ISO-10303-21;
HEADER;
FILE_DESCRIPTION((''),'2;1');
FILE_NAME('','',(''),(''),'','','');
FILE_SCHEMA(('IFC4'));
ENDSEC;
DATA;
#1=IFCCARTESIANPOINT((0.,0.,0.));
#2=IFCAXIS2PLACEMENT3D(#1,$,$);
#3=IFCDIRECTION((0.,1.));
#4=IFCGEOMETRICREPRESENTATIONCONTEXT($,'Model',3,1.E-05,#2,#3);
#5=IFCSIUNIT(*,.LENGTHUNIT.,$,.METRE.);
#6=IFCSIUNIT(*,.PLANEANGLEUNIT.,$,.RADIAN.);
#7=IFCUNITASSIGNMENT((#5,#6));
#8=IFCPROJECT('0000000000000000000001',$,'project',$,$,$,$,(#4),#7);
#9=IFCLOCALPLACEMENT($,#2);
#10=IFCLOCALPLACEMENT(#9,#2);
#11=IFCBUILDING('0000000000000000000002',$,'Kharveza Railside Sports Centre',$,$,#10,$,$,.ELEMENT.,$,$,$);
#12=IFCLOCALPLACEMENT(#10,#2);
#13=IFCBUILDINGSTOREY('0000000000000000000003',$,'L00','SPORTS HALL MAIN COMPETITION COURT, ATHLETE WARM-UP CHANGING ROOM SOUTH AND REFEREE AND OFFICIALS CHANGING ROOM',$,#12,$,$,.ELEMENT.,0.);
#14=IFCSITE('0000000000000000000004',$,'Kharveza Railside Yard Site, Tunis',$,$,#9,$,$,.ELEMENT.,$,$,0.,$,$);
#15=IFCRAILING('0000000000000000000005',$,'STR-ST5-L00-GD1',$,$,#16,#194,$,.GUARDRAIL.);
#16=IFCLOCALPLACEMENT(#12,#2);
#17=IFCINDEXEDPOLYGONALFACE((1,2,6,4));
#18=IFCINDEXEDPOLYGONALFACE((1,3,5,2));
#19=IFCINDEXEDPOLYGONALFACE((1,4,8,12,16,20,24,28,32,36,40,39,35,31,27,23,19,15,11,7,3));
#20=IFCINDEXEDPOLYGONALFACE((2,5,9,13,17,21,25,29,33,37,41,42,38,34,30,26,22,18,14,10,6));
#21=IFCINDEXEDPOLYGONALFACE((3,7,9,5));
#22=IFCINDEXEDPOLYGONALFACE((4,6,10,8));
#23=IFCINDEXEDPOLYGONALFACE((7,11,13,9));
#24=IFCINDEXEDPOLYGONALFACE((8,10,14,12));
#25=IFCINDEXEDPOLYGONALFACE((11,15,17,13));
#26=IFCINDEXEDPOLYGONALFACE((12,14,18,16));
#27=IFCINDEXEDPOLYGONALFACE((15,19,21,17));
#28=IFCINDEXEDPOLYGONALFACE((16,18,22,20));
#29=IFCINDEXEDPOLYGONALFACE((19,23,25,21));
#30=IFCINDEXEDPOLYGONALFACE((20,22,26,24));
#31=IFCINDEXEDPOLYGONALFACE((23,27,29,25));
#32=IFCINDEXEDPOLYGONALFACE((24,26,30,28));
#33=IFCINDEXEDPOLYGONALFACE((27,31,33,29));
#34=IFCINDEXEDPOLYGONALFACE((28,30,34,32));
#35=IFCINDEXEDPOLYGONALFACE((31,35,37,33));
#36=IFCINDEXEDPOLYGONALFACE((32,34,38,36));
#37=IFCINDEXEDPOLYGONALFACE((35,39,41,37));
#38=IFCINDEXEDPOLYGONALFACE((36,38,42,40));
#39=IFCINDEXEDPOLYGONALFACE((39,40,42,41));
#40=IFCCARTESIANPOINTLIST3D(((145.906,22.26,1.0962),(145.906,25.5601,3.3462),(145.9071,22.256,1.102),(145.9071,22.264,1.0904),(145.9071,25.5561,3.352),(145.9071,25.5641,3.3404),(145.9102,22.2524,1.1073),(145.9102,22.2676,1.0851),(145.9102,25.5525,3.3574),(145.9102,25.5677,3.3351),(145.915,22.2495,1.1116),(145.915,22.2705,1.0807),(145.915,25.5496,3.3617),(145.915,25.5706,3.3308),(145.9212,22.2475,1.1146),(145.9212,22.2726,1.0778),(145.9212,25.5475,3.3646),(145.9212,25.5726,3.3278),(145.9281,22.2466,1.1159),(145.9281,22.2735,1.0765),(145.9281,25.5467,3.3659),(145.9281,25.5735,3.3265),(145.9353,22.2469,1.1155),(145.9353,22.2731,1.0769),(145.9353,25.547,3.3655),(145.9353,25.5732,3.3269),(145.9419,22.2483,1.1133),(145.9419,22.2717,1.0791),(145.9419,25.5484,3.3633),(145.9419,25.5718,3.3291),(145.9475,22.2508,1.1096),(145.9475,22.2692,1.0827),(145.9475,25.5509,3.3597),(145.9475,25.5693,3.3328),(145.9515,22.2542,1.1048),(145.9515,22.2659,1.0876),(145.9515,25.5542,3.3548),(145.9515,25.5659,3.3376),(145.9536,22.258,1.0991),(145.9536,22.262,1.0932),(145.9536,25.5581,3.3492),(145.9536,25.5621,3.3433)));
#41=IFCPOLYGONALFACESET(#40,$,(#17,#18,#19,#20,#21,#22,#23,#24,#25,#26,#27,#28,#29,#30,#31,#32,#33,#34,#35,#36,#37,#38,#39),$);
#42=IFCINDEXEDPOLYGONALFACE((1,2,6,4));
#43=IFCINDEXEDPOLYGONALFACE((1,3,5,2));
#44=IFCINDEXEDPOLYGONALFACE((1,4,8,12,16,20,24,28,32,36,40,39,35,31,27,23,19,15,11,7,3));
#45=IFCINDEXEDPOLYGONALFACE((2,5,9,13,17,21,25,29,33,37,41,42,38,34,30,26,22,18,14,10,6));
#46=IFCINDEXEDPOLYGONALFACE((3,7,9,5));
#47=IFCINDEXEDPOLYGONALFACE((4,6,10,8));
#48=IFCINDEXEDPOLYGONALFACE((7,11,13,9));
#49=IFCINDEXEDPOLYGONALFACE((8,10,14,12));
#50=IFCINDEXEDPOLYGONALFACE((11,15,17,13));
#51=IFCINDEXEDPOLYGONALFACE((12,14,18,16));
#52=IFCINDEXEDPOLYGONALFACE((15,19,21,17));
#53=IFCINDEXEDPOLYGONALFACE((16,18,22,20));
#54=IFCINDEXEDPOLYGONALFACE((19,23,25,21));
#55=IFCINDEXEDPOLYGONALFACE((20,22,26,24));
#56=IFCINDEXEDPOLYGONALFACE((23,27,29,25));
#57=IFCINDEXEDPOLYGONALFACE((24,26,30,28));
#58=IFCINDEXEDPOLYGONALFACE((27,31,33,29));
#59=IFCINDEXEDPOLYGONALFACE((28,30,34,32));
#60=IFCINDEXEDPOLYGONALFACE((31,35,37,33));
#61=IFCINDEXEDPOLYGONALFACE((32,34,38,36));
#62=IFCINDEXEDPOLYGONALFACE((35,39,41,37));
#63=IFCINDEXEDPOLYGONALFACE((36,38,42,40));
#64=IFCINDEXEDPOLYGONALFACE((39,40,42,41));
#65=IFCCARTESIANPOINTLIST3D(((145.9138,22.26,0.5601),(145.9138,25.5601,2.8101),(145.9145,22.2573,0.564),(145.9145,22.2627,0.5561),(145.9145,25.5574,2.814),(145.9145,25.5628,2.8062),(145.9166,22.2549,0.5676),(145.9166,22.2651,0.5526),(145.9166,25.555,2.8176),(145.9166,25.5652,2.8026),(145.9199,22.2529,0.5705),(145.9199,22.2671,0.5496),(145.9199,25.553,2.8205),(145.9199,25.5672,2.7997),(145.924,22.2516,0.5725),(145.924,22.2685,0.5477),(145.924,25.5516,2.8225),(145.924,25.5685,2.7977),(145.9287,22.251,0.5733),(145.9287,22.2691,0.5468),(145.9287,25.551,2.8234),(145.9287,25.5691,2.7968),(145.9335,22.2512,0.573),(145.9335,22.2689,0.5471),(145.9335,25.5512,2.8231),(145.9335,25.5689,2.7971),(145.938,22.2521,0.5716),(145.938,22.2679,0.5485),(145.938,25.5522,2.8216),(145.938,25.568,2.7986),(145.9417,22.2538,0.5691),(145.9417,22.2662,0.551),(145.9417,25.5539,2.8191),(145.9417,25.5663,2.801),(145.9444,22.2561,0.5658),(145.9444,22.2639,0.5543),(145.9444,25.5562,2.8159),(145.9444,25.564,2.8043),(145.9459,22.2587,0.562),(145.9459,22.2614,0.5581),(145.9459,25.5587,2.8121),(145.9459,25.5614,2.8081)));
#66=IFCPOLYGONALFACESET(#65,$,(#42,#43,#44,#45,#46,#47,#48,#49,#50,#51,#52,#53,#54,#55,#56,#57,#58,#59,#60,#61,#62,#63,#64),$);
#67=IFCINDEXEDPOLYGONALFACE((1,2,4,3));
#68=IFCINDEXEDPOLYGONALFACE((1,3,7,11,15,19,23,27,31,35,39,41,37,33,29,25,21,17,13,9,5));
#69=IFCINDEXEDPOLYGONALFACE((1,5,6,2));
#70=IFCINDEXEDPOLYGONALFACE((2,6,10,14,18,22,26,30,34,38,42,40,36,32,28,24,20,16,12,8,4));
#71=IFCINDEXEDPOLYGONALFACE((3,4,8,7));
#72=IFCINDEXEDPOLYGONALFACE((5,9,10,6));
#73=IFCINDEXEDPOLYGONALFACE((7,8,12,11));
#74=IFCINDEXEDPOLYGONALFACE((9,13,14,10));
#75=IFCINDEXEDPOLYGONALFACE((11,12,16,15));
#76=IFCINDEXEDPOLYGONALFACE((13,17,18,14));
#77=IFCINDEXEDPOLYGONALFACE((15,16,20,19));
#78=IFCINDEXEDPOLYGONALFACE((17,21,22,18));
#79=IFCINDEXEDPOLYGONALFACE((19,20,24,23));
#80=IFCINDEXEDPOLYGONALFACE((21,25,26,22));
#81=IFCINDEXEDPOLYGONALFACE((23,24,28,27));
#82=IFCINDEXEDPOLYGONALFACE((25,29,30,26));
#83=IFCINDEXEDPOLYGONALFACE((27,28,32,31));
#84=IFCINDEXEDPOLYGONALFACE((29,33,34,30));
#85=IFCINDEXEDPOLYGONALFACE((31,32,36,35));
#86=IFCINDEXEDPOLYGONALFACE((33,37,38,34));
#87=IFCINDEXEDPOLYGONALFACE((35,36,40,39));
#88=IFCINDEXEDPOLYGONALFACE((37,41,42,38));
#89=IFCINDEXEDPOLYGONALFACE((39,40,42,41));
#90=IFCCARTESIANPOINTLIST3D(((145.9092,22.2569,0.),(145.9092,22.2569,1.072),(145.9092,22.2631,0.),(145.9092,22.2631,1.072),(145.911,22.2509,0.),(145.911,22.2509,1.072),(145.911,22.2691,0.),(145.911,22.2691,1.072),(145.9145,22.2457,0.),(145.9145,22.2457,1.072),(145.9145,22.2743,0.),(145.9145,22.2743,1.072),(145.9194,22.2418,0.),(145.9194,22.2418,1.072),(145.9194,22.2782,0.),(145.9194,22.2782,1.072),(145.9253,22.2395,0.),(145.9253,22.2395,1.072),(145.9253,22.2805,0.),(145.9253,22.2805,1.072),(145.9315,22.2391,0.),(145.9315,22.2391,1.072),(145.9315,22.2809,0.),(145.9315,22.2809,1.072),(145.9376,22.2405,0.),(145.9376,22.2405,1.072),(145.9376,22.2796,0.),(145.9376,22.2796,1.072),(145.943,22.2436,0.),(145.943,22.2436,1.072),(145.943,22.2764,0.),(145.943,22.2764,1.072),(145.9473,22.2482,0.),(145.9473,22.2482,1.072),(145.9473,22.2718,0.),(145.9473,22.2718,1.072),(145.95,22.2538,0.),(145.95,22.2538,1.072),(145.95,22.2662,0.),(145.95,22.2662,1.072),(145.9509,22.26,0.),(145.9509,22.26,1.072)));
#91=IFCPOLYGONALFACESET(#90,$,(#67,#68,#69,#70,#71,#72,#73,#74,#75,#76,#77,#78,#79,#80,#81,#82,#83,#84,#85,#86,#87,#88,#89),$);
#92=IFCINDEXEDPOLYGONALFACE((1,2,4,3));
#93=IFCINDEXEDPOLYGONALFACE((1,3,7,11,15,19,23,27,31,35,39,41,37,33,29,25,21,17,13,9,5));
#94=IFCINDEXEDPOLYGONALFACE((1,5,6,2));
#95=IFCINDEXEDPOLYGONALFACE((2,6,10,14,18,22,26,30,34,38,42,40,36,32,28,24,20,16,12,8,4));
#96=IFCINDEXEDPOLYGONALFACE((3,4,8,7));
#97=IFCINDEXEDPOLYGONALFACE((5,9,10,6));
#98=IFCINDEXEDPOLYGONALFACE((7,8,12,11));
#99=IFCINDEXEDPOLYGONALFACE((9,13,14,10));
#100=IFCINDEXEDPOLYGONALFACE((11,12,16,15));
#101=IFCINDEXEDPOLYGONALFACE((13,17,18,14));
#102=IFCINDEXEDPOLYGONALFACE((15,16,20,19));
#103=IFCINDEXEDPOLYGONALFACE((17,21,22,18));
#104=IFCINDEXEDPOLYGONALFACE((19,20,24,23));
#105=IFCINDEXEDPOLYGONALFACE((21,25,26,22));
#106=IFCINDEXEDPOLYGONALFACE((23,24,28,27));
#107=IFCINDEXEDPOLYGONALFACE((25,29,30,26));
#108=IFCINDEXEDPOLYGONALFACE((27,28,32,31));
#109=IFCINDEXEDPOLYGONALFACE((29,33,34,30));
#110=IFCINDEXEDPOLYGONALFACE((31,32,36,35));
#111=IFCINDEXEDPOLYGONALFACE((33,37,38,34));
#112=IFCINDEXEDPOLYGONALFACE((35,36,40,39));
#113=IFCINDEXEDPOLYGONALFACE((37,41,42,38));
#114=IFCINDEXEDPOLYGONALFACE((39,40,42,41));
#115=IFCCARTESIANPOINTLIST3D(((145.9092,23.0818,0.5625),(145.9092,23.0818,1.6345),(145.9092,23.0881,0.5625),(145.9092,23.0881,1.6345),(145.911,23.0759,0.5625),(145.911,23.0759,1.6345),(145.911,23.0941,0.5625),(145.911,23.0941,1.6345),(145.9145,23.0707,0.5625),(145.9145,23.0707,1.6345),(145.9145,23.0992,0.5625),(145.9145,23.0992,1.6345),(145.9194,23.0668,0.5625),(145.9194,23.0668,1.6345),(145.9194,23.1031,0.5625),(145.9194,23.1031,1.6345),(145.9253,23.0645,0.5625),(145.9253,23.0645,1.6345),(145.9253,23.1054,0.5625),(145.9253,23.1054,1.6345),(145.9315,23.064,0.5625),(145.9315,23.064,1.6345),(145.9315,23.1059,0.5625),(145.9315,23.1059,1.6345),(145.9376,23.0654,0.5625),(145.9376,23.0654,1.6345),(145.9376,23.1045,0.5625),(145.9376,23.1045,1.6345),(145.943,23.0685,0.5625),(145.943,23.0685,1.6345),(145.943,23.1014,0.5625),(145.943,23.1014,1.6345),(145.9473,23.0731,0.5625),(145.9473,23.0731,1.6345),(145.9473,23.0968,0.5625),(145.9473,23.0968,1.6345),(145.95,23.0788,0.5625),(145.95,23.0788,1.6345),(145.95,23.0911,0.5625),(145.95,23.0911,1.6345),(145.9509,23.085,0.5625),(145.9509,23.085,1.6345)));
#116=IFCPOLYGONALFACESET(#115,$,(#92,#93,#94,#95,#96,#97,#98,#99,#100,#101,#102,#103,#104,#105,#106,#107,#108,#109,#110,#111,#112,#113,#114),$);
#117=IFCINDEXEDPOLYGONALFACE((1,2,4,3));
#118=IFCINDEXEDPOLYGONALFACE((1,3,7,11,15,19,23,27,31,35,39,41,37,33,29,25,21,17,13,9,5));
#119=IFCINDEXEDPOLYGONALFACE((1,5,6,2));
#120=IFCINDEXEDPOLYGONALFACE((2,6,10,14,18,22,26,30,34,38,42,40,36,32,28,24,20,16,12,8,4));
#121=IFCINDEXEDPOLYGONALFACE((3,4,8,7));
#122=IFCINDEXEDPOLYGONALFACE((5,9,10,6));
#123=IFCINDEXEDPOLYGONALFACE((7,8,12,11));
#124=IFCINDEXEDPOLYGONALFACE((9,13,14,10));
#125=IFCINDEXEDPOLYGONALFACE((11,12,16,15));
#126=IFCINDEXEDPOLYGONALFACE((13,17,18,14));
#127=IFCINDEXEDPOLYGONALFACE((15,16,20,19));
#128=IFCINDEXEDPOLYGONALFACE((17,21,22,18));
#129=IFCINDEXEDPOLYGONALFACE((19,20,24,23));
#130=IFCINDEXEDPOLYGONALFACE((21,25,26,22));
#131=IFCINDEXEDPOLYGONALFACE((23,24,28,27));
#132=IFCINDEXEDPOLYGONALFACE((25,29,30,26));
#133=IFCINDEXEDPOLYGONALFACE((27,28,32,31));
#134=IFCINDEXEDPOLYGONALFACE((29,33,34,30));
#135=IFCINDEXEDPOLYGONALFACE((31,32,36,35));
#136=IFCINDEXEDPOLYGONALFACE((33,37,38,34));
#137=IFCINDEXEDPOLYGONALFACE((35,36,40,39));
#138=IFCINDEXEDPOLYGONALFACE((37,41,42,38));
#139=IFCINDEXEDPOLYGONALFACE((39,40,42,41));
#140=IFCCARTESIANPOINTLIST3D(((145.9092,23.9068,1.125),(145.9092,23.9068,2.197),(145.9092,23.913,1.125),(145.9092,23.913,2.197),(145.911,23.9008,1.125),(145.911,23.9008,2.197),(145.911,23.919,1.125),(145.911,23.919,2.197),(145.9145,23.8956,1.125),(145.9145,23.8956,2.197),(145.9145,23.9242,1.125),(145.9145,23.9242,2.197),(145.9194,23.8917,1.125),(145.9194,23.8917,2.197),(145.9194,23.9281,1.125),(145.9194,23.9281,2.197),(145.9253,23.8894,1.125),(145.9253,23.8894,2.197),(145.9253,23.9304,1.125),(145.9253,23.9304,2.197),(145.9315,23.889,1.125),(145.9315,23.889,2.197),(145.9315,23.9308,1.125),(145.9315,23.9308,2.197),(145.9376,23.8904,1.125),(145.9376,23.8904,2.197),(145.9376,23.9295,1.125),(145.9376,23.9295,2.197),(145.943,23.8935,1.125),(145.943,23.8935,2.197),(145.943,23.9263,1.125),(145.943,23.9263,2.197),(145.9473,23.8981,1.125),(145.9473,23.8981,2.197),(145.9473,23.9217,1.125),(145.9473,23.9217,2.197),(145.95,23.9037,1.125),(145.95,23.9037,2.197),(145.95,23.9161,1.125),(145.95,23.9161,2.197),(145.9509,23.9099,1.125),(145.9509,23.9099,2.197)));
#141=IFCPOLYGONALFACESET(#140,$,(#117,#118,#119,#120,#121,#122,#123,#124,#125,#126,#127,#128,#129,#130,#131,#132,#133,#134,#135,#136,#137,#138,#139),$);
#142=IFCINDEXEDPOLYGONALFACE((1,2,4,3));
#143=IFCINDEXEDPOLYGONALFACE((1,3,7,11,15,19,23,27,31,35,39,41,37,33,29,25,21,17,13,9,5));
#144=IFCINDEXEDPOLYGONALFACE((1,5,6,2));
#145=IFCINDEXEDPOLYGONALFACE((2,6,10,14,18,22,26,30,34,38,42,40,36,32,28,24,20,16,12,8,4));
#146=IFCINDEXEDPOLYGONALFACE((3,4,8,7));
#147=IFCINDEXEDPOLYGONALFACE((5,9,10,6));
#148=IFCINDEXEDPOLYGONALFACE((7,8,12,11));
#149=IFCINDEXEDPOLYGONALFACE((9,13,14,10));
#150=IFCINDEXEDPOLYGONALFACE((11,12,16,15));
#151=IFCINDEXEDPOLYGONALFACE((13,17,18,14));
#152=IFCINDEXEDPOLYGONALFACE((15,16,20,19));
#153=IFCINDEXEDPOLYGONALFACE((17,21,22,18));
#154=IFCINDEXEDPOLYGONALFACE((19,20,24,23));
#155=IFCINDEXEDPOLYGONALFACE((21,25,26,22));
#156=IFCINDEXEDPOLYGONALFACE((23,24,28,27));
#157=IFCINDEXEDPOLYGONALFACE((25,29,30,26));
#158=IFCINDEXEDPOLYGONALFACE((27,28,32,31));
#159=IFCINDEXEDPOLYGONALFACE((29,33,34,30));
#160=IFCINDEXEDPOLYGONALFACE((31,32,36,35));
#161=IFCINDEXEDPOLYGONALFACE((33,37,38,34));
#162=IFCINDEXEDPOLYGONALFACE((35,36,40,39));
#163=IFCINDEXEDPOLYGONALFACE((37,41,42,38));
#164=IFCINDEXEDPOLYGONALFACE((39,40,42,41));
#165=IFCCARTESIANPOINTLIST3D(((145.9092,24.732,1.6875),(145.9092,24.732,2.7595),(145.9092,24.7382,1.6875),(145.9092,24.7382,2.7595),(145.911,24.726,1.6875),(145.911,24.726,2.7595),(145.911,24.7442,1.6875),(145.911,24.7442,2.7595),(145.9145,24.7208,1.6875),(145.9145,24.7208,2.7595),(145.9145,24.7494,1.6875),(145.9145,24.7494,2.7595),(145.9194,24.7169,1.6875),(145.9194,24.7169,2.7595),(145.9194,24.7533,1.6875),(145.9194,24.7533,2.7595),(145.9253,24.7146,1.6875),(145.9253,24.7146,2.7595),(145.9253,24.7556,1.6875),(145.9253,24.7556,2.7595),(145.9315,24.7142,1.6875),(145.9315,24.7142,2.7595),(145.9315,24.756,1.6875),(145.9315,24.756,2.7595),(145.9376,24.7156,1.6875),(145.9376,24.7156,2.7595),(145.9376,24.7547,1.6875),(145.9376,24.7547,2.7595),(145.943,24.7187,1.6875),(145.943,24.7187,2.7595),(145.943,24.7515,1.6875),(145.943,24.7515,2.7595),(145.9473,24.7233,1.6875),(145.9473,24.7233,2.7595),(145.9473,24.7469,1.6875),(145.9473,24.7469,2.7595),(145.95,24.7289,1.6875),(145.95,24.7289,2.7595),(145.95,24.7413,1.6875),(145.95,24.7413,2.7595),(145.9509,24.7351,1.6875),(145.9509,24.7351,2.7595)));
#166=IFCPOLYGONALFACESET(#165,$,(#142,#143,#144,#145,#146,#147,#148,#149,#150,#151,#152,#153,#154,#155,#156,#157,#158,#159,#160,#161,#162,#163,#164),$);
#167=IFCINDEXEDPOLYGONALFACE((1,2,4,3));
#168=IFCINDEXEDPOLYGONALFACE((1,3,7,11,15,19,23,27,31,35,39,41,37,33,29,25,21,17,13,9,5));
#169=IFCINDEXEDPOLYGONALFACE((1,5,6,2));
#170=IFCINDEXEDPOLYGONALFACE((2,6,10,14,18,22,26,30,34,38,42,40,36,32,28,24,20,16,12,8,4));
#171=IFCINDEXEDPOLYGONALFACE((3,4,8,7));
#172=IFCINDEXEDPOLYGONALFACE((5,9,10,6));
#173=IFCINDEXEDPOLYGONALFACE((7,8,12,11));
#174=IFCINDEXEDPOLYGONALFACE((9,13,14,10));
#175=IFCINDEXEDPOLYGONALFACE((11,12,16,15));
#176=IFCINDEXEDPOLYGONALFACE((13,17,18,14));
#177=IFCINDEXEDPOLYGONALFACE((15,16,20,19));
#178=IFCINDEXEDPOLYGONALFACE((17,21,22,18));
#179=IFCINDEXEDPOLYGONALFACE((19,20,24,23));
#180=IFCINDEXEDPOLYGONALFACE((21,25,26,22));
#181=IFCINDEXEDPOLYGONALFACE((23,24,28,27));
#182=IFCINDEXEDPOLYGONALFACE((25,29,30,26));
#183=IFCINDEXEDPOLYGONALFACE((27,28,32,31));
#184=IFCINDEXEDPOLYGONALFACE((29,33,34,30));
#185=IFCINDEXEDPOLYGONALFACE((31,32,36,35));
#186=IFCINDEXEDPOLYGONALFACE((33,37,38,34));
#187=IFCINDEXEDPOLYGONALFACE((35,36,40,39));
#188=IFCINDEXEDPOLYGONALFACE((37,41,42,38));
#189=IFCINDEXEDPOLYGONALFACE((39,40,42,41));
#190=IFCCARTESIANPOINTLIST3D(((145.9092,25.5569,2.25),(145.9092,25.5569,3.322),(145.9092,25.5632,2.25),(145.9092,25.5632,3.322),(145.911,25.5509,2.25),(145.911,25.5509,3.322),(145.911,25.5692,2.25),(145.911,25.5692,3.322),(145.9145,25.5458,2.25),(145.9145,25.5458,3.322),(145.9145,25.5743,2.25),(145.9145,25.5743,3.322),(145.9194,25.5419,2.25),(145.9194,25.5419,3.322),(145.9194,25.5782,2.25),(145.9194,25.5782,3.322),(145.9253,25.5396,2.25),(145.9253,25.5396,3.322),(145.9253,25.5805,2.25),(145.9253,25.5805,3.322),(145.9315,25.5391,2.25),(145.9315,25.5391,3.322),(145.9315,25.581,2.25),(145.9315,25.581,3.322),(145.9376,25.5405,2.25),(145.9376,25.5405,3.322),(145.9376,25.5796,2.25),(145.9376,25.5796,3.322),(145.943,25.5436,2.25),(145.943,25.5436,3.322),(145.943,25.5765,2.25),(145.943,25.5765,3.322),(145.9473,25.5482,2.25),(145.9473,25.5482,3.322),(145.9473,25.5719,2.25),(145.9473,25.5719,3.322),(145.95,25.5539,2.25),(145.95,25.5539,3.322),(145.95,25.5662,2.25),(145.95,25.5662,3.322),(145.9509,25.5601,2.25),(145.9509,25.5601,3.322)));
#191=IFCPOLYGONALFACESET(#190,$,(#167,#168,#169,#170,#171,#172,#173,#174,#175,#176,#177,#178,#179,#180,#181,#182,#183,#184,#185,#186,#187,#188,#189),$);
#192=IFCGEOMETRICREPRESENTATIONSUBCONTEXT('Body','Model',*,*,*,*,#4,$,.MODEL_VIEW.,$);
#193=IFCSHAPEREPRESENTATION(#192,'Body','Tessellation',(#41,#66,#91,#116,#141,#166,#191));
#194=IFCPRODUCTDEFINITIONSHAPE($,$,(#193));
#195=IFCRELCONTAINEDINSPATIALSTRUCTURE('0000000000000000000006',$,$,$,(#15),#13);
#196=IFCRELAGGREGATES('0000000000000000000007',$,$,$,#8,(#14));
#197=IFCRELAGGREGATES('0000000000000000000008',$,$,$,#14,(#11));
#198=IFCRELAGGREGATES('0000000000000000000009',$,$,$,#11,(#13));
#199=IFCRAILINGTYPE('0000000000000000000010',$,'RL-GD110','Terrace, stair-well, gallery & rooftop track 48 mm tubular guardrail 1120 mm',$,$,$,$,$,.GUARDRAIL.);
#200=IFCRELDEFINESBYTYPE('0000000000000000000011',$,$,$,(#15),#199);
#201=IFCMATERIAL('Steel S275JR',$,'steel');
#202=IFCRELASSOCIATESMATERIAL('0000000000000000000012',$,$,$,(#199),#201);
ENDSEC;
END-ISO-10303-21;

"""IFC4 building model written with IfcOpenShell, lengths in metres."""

from ifc_helpers import new_model, si_unit, direction, frame, origin, origin_2d, place, context, subcontext, project, spatial, circle, extrude, material, type_object, element, save


model = new_model("IFC4")

# Units and contexts
model_context = context("Model", 3, precision=1e-05, world=origin(), true_north=direction((0.0, 1.0)))
body_context = subcontext(model_context, "Body", "Model", "MODEL_VIEW")
ifc_project = project(units=[si_unit("LENGTHUNIT", "METRE"), si_unit("PLANEANGLEUNIT", "RADIAN")], contexts=[model_context])

# Site, building, storey
site_placement = place(None, origin())
site = spatial("IfcSite", under=ifc_project, at=site_placement, Name="Kharveza Railside Yard Site, Tunis", CompositionType="ELEMENT", RefElevation=0.0)
building_placement = place(site_placement, origin())
building = spatial("IfcBuilding", under=site, at=building_placement, Name="Kharveza Railside Sports Centre", CompositionType="ELEMENT")
storey_placement = place(building_placement, origin())
storey = spatial("IfcBuildingStorey", under=building, at=storey_placement, Name="L00", Description="SPORTS HALL MAIN COMPETITION COURT, ATHLETE WARM-UP CHANGING ROOM SOUTH AND REFEREE AND OFFICIALS CHANGING ROOM", CompositionType="ELEMENT", Elevation=0.0)

# Railing
ifc_material_1 = material(Name="Steel S275JR", Category="steel")
railing_type_1 = type_object("IfcRailingType", Name="RL-GD110", Description="Terrace, stair-well, gallery & rooftop track 48 mm tubular guardrail 1120 mm", PredefinedType="GUARDRAIL", material=ifc_material_1)
railing_1_placement = place(storey_placement, frame((145.9299, 22.26, 0.0)))
element("IfcRailing", 1, at=railing_1_placement, inside=storey, type_object=railing_type_1, Name="STR-ST5-L00-GD1", PredefinedType="GUARDRAIL", context=body_context, shape_type="SweptSolid", body=[
    extrude(circle(Radius=0.0239, at=origin_2d()), frame((0.0, 0.0, 1.0962), z_axis=(0.0, 0.826231, 0.563331), x_axis=(-1.0, 0.0, 0.0)), (0.0, 0.0, 1.0), 3.9941),
    extrude(circle(Radius=0.0161, at=origin_2d()), frame((0.0, 0.0, 0.5601), z_axis=(0.0, 0.826231, 0.563331), x_axis=(-1.0, 0.0, 0.0)), (0.0, 0.0, 1.0), 3.9941),
    extrude(circle(Radius=0.021, at=origin_2d()), origin(), (0.0, 0.0, 1.0), 1.072),
    extrude(circle(Radius=0.021, at=origin_2d()), frame((0.0, 0.825, 0.5625)), (0.0, 0.0, 1.0), 1.072),
    extrude(circle(Radius=0.021, at=origin_2d()), frame((0.0, 1.6499, 1.125)), (0.0, 0.0, 1.0), 1.072),
    extrude(circle(Radius=0.021, at=origin_2d()), frame((0.0, 2.4751, 1.6875)), (0.0, 0.0, 1.0), 1.072),
    extrude(circle(Radius=0.021, at=origin_2d()), frame((0.0, 3.3, 2.25)), (0.0, 0.0, 1.0), 1.072),
])

save(model, "model.ifc")
